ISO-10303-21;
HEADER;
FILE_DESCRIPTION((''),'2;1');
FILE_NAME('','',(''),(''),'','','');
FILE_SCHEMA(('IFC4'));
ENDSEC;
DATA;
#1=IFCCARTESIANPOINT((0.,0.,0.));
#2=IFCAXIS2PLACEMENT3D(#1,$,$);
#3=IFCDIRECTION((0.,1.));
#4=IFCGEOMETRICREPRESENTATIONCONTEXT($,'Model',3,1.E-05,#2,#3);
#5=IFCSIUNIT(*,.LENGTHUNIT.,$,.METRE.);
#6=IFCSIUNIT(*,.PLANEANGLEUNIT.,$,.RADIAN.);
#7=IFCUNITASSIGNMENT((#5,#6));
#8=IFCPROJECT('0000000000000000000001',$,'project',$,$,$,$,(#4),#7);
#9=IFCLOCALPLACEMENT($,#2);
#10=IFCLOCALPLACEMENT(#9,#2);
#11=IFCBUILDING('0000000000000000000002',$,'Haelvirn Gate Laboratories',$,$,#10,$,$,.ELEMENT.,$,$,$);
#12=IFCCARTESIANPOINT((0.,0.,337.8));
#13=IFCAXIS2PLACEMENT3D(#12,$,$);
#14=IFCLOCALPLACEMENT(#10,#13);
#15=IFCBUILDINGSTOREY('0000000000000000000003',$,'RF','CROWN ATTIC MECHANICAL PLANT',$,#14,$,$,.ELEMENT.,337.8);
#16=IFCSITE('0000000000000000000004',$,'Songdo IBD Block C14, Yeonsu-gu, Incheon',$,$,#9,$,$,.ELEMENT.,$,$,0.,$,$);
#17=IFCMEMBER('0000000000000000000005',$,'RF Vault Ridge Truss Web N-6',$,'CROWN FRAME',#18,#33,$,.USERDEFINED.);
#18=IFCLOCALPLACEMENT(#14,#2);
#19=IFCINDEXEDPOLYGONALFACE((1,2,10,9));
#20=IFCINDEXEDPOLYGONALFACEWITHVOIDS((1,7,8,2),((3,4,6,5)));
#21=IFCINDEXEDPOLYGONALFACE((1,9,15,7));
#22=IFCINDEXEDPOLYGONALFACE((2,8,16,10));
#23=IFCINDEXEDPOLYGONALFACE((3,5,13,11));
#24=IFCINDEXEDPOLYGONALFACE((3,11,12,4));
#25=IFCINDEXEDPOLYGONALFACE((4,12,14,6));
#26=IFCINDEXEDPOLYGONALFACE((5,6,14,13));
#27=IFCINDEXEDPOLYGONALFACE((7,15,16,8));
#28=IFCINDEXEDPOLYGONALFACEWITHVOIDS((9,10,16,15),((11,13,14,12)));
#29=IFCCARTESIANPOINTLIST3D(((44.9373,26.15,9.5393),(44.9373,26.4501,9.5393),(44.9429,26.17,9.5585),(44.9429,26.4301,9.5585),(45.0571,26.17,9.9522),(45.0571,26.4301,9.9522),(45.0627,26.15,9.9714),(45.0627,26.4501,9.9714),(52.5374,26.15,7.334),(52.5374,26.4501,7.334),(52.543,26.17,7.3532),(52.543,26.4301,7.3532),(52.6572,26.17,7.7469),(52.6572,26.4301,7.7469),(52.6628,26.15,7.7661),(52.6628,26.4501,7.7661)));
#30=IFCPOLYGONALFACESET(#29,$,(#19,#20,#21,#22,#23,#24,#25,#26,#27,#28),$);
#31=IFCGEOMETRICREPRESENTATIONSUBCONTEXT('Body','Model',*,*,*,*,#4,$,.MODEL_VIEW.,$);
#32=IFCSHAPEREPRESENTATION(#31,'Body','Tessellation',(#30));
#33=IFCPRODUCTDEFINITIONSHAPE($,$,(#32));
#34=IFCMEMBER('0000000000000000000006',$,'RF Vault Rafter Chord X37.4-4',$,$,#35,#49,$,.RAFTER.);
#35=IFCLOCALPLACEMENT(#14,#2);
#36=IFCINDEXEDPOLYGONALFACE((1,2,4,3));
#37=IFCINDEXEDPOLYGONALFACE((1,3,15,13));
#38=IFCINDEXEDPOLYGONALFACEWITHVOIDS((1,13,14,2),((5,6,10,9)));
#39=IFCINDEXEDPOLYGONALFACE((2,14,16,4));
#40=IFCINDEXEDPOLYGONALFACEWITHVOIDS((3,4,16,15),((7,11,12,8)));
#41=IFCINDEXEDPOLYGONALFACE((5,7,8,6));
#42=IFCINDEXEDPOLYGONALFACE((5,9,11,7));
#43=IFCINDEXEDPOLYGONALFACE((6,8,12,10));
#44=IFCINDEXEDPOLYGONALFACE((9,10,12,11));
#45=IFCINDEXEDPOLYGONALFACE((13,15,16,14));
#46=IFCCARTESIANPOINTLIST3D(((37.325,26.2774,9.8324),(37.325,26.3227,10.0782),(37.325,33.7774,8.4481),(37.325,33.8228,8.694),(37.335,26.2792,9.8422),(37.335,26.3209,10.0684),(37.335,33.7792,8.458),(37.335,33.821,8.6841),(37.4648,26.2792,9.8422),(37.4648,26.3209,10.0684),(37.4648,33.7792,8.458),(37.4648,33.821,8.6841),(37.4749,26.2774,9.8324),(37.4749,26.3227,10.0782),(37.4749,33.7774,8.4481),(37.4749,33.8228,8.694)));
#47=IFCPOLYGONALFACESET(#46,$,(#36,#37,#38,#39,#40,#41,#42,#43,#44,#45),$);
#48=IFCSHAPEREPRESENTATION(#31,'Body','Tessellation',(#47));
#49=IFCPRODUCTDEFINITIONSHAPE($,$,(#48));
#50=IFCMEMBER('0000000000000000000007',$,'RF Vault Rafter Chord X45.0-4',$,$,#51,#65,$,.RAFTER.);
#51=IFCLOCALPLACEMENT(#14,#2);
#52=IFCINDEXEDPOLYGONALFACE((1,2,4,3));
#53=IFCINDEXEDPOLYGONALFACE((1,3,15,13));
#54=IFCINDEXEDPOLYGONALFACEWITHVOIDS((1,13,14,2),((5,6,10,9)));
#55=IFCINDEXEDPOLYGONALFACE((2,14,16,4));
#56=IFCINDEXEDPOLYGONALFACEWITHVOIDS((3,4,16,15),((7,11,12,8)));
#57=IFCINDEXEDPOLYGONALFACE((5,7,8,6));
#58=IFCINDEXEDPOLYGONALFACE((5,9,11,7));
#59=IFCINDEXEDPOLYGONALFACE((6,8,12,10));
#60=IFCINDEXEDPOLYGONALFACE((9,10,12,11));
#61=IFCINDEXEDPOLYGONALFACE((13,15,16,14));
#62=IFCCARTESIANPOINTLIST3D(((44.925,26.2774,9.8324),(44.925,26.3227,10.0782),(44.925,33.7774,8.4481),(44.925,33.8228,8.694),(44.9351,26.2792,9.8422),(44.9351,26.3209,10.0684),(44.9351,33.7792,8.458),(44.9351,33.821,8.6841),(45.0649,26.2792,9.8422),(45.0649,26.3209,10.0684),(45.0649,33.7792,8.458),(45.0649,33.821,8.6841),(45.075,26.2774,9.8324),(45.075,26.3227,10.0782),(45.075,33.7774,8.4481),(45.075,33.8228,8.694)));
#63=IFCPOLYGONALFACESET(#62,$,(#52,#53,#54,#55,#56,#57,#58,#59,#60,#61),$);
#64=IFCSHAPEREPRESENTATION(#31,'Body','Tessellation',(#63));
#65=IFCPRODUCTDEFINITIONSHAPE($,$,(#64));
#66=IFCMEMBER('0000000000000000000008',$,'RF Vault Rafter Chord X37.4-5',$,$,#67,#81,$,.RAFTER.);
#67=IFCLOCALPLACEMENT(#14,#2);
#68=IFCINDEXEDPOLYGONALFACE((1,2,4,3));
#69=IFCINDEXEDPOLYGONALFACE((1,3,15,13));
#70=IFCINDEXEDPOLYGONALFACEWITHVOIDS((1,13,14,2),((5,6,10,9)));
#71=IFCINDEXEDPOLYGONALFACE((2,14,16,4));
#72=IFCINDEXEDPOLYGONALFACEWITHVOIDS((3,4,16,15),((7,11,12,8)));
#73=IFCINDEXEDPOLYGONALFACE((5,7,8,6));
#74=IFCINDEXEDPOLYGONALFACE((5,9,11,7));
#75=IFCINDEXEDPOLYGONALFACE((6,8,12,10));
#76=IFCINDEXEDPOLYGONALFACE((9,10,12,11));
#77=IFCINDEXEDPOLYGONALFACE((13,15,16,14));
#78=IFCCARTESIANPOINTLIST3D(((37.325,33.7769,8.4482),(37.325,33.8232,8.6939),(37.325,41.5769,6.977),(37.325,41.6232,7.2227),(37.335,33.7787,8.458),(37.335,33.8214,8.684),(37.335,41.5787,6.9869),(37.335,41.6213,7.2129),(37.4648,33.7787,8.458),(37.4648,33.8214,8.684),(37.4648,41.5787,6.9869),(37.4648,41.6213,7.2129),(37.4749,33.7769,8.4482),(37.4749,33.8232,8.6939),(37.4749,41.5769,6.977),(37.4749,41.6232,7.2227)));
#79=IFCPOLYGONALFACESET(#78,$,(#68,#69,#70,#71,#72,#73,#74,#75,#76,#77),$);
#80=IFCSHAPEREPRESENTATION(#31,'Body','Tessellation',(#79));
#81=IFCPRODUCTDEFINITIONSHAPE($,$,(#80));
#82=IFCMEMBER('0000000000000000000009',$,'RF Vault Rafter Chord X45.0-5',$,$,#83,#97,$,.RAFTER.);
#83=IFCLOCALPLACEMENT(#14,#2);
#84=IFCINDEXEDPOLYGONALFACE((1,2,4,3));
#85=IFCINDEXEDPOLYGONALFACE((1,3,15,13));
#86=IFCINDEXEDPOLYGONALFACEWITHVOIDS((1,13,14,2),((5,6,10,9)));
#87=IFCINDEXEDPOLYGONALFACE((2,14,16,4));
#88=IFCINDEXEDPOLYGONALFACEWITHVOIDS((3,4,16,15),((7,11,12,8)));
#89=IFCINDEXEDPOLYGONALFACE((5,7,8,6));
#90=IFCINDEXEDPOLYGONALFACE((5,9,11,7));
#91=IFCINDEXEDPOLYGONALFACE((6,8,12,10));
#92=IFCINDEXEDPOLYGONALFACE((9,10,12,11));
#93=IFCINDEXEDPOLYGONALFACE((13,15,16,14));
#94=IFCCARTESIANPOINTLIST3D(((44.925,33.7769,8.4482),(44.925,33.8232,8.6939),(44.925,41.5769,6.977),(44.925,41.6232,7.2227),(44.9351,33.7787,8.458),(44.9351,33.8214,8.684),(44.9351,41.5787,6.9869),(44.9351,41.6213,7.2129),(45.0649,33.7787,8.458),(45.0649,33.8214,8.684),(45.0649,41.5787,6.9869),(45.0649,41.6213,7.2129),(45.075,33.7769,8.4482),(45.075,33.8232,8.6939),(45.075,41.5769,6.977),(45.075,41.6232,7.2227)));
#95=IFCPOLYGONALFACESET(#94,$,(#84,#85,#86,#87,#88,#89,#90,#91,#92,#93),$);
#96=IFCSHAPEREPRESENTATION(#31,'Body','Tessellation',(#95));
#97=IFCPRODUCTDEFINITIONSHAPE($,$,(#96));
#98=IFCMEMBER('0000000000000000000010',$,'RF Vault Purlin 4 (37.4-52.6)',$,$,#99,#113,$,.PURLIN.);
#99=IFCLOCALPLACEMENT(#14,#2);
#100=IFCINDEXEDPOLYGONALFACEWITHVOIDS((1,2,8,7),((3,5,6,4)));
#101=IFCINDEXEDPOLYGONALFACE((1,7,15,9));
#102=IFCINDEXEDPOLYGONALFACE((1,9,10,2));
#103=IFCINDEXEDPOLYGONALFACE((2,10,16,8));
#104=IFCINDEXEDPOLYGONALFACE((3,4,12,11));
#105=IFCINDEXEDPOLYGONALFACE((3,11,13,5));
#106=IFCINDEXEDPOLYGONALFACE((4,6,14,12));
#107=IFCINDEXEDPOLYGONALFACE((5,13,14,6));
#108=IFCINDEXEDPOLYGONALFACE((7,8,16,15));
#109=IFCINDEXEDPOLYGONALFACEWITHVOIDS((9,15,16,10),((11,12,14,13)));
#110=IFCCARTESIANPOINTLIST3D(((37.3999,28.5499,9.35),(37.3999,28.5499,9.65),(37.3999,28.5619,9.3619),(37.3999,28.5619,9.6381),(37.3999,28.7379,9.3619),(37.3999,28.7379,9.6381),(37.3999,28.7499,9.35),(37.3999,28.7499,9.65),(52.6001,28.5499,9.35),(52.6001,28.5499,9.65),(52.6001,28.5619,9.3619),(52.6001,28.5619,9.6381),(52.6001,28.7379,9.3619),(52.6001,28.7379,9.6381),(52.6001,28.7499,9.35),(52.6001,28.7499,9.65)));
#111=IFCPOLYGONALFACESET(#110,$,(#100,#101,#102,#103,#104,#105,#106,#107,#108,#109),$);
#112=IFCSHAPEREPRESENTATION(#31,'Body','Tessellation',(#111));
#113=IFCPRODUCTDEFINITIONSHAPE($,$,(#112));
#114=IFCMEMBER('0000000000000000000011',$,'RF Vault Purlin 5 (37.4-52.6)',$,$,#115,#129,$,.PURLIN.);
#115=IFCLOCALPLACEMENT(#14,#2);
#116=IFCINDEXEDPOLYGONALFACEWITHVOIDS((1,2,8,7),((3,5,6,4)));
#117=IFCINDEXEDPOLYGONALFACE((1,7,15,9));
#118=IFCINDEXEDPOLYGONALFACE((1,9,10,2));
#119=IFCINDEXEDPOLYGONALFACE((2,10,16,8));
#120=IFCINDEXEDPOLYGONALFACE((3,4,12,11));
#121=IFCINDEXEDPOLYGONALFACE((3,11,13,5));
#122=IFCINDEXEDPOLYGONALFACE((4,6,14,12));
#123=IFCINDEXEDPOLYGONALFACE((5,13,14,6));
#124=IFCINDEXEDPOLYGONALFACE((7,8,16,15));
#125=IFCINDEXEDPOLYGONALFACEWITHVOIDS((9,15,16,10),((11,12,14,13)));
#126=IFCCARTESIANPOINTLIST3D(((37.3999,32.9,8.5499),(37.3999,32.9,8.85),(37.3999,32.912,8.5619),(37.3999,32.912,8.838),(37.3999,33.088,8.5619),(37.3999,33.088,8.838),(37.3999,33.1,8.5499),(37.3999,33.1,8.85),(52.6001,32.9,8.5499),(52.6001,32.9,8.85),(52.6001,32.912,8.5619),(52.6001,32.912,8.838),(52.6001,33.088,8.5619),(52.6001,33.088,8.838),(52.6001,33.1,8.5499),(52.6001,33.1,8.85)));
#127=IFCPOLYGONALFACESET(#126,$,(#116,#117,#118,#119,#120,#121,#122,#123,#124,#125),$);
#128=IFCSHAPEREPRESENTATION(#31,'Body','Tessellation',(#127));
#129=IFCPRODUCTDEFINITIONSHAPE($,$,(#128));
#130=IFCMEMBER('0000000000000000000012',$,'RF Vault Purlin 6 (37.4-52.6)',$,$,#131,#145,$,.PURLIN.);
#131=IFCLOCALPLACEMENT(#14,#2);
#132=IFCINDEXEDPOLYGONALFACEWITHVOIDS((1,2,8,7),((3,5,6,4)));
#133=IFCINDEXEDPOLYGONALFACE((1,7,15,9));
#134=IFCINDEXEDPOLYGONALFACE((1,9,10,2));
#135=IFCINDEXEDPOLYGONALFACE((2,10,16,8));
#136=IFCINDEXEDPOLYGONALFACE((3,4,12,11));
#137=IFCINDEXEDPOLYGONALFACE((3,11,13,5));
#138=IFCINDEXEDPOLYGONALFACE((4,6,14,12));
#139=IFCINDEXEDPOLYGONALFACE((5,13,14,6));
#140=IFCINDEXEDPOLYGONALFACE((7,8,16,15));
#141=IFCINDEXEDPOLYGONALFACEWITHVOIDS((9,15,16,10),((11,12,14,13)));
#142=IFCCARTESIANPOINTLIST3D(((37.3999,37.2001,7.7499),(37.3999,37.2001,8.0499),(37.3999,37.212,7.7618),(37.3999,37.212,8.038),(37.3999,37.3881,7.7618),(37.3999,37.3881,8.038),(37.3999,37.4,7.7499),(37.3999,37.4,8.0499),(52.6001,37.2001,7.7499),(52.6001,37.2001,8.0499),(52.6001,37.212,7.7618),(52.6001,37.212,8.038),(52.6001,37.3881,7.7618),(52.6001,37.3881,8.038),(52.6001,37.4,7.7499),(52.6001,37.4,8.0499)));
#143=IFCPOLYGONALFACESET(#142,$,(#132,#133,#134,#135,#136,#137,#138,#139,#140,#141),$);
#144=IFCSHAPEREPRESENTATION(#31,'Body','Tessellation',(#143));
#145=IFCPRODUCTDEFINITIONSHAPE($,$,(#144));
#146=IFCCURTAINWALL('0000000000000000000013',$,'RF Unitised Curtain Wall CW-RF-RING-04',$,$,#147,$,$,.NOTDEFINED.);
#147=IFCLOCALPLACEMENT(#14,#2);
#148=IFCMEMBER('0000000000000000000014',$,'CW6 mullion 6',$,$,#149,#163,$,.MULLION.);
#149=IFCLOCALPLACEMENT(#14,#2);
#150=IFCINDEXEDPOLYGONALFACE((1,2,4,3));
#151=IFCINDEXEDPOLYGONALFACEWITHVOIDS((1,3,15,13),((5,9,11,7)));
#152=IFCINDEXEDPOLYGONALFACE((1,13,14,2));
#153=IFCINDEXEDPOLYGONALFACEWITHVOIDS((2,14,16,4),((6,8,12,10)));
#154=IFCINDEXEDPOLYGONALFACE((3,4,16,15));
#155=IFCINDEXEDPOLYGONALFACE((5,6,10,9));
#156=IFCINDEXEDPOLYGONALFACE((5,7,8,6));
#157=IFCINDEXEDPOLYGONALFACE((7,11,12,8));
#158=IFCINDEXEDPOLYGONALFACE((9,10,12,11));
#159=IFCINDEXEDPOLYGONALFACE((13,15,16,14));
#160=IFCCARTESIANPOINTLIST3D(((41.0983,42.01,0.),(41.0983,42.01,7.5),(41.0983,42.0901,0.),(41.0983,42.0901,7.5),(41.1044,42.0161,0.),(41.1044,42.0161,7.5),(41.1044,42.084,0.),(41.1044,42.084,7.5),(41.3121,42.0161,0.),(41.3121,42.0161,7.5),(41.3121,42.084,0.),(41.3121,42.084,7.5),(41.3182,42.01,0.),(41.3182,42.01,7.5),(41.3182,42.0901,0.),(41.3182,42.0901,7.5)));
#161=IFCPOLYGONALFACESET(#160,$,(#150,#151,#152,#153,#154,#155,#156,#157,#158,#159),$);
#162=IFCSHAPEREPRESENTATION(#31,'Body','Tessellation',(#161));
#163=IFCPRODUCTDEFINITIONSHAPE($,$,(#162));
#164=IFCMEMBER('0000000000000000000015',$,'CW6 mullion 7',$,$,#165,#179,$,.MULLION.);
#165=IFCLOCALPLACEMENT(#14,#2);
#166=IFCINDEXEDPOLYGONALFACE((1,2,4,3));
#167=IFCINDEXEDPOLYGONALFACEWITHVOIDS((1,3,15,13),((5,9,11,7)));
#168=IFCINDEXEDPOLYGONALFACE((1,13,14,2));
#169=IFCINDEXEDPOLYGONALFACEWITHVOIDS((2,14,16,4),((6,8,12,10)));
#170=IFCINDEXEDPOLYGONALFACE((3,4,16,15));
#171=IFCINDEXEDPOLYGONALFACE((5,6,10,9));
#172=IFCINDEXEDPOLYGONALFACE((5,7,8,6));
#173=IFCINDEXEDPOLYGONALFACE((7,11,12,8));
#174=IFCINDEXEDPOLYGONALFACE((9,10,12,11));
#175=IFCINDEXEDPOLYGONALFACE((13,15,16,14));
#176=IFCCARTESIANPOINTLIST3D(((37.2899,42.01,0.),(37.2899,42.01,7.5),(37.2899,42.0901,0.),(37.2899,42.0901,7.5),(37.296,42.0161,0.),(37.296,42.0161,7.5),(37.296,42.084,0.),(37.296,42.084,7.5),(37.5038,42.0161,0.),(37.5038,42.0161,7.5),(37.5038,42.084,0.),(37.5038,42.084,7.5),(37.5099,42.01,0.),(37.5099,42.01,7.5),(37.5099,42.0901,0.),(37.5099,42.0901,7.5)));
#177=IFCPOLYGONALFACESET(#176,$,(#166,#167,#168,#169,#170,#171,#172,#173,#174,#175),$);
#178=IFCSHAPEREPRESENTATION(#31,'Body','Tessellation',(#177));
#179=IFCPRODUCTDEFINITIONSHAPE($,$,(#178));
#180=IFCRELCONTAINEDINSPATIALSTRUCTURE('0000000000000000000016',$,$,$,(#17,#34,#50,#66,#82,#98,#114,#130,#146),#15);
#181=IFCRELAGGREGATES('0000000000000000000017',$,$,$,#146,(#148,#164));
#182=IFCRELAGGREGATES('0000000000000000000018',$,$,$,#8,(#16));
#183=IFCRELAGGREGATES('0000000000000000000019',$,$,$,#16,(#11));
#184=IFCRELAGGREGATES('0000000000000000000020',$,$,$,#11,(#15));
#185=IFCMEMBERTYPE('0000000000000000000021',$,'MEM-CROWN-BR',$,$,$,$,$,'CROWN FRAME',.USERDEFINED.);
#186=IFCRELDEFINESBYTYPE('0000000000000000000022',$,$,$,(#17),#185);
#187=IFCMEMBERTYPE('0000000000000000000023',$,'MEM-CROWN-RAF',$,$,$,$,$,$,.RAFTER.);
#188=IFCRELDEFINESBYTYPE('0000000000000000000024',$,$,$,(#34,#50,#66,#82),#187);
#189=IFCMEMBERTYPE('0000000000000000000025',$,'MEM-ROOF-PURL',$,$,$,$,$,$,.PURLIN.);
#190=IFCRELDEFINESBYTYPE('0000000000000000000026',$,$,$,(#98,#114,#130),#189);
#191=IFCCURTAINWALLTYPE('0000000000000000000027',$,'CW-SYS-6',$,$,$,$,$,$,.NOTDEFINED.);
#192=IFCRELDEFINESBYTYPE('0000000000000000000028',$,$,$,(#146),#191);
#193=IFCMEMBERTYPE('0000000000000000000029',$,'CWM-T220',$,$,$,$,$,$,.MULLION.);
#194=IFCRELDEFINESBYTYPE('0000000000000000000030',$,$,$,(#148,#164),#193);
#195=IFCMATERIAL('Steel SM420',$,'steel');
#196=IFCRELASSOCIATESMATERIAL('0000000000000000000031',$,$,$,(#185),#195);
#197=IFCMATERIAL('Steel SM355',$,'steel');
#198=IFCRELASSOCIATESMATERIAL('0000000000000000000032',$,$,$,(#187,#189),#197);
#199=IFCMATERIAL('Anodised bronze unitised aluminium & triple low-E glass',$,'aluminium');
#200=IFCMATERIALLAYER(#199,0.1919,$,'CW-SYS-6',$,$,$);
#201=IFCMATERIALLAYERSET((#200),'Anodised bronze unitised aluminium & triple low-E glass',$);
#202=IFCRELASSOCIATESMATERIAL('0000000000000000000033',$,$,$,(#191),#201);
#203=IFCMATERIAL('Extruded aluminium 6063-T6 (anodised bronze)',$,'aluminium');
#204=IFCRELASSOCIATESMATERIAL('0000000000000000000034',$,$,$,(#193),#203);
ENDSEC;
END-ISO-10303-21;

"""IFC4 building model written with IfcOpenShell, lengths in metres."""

from ifc_helpers import new_model, si_unit, direction, frame, origin, origin_2d, place, context, subcontext, project, spatial, hollow_rectangle, extrude, source, transform, mapped, material, layer, layer_set, material_profile, profile_set, type_object, type_shapes, element, aggregate, save


model = new_model("IFC4")

# Units and contexts
model_context = context("Model", 3, precision=1e-05, world=origin(), true_north=direction((0.0, 1.0)))
body_context = subcontext(model_context, "Body", "Model", "MODEL_VIEW")
ifc_project = project(units=[si_unit("LENGTHUNIT", "METRE"), si_unit("PLANEANGLEUNIT", "RADIAN")], contexts=[model_context])

# Site, building, storey
site_placement = place(None, origin())
site = spatial("IfcSite", under=ifc_project, at=site_placement, Name="Songdo IBD Block C14, Yeonsu-gu, Incheon", CompositionType="ELEMENT", RefElevation=0.0)
building_placement = place(site_placement, origin())
building = spatial("IfcBuilding", under=site, at=building_placement, Name="Haelvirn Gate Laboratories", CompositionType="ELEMENT")
storey_placement = place(building_placement, frame((0.0, 0.0, 337.8)))
storey = spatial("IfcBuildingStorey", under=building, at=storey_placement, Name="RF", Description="CROWN ATTIC MECHANICAL PLANT", CompositionType="ELEMENT", Elevation=337.8)

# Shared definitions
ifc_material_1 = material(Name="Steel SM420", Category="steel")
ifc_material_2 = material(Name="Steel SM355", Category="steel")

# Members
ifc_material_profile_1 = material_profile(ifc_material_1, hollow_rectangle(XDim=0.3, YDim=0.45, WallThickness=0.02, at=origin_2d()), Name="BOX-450x300x20")
ifc_profile_set_1 = profile_set([ifc_material_profile_1], Name="Steel SM420")
member_type_1 = type_object("IfcMemberType", Name="MEM-CROWN-BR", ElementType="CROWN FRAME", PredefinedType="USERDEFINED", material=ifc_profile_set_1)
shared_shape_1 = source(origin(), body_context, "Body", "SweptSolid", [
    extrude(hollow_rectangle(XDim=0.3, YDim=0.45, WallThickness=0.02, at=origin_2d()), origin(), (0.0, 0.0, 1.0), 7.9136),
])
for number, where, z_axis, x_axis, name in (
    (1, (45.0, 26.3, 9.7554), (0.960385, 0.0, -0.278675), (0.0, 1.0, 0.0), "RF Vault Ridge Truss Web N-6"),
):
    element("IfcMember", number, at=place(storey_placement, frame(where, z_axis=z_axis, x_axis=x_axis)), inside=storey, type_object=member_type_1, Name=name, ObjectType="CROWN FRAME", PredefinedType="USERDEFINED", context=body_context, shape_type="MappedRepresentation", body=[
        mapped(shared_shape_1, transform((0.0, 0.0, 0.0), scale=1.0)),
    ])
ifc_material_profile_2 = material_profile(ifc_material_2, hollow_rectangle(XDim=0.1499, YDim=0.25, WallThickness=0.01, at=origin_2d()), Name="RHS-250x150x10")
ifc_profile_set_2 = profile_set([ifc_material_profile_2], Name="Steel SM355")
member_type_2 = type_object("IfcMemberType", Name="MEM-CROWN-RAF", PredefinedType="RAFTER", material=ifc_profile_set_2)
shared_shape_2 = source(origin(), body_context, "Body", "SweptSolid", [
    extrude(hollow_rectangle(XDim=0.1499, YDim=0.25, WallThickness=0.01, at=origin_2d()), origin(), (0.0, 0.0, 1.0), 7.6267),
])
for number, where, z_axis, x_axis, name in (
    (2, (37.3999, 26.3, 9.9553), (0.0, 0.98339, -0.181505), (-1.0, 0.0, 0.0), "RF Vault Rafter Chord X37.4-4"),
    (3, (45.0, 26.3, 9.9553), (0.0, 0.98339, -0.181505), (-1.0, 0.0, 0.0), "RF Vault Rafter Chord X45.0-4"),
):
    element("IfcMember", number, at=place(storey_placement, frame(where, z_axis=z_axis, x_axis=x_axis)), inside=storey, type_object=member_type_2, Name=name, PredefinedType="RAFTER", context=body_context, shape_type="MappedRepresentation", body=[
        mapped(shared_shape_2, transform((0.0, 0.0, 0.0), scale=1.0)),
    ])
shared_shape_3 = source(origin(), body_context, "Body", "SweptSolid", [
    extrude(hollow_rectangle(XDim=0.1499, YDim=0.25, WallThickness=0.01, at=origin_2d()), origin(), (0.0, 0.0, 1.0), 7.9375),
])
type_shapes(member_type_2, [shared_shape_2, shared_shape_3])
for number, where, z_axis, x_axis, name in (
    (4, (37.3999, 33.8, 8.571), (0.0, 0.982673, -0.185345), (-1.0, 0.0, 0.0), "RF Vault Rafter Chord X37.4-5"),
    (5, (45.0, 33.8, 8.571), (0.0, 0.982673, -0.185345), (-1.0, 0.0, 0.0), "RF Vault Rafter Chord X45.0-5"),
):
    element("IfcMember", number, at=place(storey_placement, frame(where, z_axis=z_axis, x_axis=x_axis)), inside=storey, type_object=member_type_2, Name=name, PredefinedType="RAFTER", context=body_context, shape_type="MappedRepresentation", body=[
        mapped(shared_shape_3, transform((0.0, 0.0, 0.0), scale=1.0)),
    ])
ifc_material_profile_3 = material_profile(ifc_material_2, hollow_rectangle(XDim=0.2, YDim=0.3, WallThickness=0.012, at=origin_2d()), Name="RHS-300x200x12")
ifc_profile_set_3 = profile_set([ifc_material_profile_3], Name="Steel SM355")
member_type_3 = type_object("IfcMemberType", Name="MEM-ROOF-PURL", PredefinedType="PURLIN", material=ifc_profile_set_3)
shared_shape_4 = source(origin(), body_context, "Body", "SweptSolid", [
    extrude(hollow_rectangle(XDim=0.2, YDim=0.3, WallThickness=0.012, at=origin_2d()), origin(), (0.0, 0.0, 1.0), 15.2002),
])
type_shapes(member_type_3, [shared_shape_4])
for number, where, z_axis, x_axis, name in (
    (6, (37.3999, 28.6499, 9.5), (1.0, 0.0, 0.0), (0.0, 1.0, 0.0), "RF Vault Purlin 4 (37.4-52.6)"),
    (7, (37.3999, 33.0, 8.7), (1.0, 0.0, 0.0), (0.0, 1.0, 0.0), "RF Vault Purlin 5 (37.4-52.6)"),
    (8, (37.3999, 37.3, 7.8999), (1.0, 0.0, 0.0), (0.0, 1.0, 0.0), "RF Vault Purlin 6 (37.4-52.6)"),
):
    element("IfcMember", number, at=place(storey_placement, frame(where, z_axis=z_axis, x_axis=x_axis)), inside=storey, type_object=member_type_3, Name=name, PredefinedType="PURLIN", context=body_context, shape_type="MappedRepresentation", body=[
        mapped(shared_shape_4, transform((0.0, 0.0, 0.0), scale=1.0)),
    ])

# Curtain wall, members
ifc_material_3 = material(Name="Anodised bronze unitised aluminium & triple low-E glass", Category="aluminium")
ifc_layer_1 = layer(ifc_material_3, 0.1919, Name="CW-SYS-6")
ifc_layer_set_1 = layer_set([ifc_layer_1], Name="Anodised bronze unitised aluminium & triple low-E glass")
curtain_wall_type = type_object("IfcCurtainWallType", Name="CW-SYS-6", PredefinedType="NOTDEFINED", material=ifc_layer_set_1)
curtain_wall_placement = place(storey_placement, origin())
curtain_wall = element("IfcCurtainWall", 9, at=curtain_wall_placement, inside=storey, type_object=curtain_wall_type, Name="RF Unitised Curtain Wall CW-RF-RING-04", PredefinedType="NOTDEFINED")
ifc_material_4 = material(Name="Extruded aluminium 6063-T6 (anodised bronze)", Category="aluminium")
ifc_material_profile_4 = material_profile(ifc_material_4, hollow_rectangle(XDim=0.0801, YDim=0.22, WallThickness=0.0061, at=origin_2d()), Name="CWM-220x80x6")
ifc_profile_set_4 = profile_set([ifc_material_profile_4], Name="Extruded aluminium 6063-T6 (anodised bronze)")
member_type_4 = type_object("IfcMemberType", Name="CWM-T220", PredefinedType="MULLION", material=ifc_profile_set_4)
shared_shape_5 = source(origin(), body_context, "Body", "SweptSolid", [
    extrude(hollow_rectangle(XDim=0.0801, YDim=0.22, WallThickness=0.0061, at=origin_2d()), origin(), (0.0, 0.0, 1.0), 7.5),
])
type_shapes(member_type_4, [shared_shape_5])
member_1_placement = place(storey_placement, frame((41.2083, 42.05, 0.0), z_axis=(0.0, 0.0, 1.0), x_axis=(0.0, -1.0, 0.0)))
member_1 = element("IfcMember", 10, at=member_1_placement, type_object=member_type_4, Name="CW6 mullion 6", PredefinedType="MULLION", context=body_context, shape_type="MappedRepresentation", body=[
    mapped(shared_shape_5, transform((0.0, 0.0, 0.0), scale=1.0)),
])
member_2_placement = place(storey_placement, frame((37.3999, 42.05, 0.0), z_axis=(0.0, 0.0, 1.0), x_axis=(0.0, -1.0, 0.0)))
member_2 = element("IfcMember", 11, at=member_2_placement, type_object=member_type_4, Name="CW6 mullion 7", PredefinedType="MULLION", context=body_context, shape_type="MappedRepresentation", body=[
    mapped(shared_shape_5, transform((0.0, 0.0, 0.0), scale=1.0)),
])

aggregate(curtain_wall, [member_1, member_2])

save(model, "model.ifc")
